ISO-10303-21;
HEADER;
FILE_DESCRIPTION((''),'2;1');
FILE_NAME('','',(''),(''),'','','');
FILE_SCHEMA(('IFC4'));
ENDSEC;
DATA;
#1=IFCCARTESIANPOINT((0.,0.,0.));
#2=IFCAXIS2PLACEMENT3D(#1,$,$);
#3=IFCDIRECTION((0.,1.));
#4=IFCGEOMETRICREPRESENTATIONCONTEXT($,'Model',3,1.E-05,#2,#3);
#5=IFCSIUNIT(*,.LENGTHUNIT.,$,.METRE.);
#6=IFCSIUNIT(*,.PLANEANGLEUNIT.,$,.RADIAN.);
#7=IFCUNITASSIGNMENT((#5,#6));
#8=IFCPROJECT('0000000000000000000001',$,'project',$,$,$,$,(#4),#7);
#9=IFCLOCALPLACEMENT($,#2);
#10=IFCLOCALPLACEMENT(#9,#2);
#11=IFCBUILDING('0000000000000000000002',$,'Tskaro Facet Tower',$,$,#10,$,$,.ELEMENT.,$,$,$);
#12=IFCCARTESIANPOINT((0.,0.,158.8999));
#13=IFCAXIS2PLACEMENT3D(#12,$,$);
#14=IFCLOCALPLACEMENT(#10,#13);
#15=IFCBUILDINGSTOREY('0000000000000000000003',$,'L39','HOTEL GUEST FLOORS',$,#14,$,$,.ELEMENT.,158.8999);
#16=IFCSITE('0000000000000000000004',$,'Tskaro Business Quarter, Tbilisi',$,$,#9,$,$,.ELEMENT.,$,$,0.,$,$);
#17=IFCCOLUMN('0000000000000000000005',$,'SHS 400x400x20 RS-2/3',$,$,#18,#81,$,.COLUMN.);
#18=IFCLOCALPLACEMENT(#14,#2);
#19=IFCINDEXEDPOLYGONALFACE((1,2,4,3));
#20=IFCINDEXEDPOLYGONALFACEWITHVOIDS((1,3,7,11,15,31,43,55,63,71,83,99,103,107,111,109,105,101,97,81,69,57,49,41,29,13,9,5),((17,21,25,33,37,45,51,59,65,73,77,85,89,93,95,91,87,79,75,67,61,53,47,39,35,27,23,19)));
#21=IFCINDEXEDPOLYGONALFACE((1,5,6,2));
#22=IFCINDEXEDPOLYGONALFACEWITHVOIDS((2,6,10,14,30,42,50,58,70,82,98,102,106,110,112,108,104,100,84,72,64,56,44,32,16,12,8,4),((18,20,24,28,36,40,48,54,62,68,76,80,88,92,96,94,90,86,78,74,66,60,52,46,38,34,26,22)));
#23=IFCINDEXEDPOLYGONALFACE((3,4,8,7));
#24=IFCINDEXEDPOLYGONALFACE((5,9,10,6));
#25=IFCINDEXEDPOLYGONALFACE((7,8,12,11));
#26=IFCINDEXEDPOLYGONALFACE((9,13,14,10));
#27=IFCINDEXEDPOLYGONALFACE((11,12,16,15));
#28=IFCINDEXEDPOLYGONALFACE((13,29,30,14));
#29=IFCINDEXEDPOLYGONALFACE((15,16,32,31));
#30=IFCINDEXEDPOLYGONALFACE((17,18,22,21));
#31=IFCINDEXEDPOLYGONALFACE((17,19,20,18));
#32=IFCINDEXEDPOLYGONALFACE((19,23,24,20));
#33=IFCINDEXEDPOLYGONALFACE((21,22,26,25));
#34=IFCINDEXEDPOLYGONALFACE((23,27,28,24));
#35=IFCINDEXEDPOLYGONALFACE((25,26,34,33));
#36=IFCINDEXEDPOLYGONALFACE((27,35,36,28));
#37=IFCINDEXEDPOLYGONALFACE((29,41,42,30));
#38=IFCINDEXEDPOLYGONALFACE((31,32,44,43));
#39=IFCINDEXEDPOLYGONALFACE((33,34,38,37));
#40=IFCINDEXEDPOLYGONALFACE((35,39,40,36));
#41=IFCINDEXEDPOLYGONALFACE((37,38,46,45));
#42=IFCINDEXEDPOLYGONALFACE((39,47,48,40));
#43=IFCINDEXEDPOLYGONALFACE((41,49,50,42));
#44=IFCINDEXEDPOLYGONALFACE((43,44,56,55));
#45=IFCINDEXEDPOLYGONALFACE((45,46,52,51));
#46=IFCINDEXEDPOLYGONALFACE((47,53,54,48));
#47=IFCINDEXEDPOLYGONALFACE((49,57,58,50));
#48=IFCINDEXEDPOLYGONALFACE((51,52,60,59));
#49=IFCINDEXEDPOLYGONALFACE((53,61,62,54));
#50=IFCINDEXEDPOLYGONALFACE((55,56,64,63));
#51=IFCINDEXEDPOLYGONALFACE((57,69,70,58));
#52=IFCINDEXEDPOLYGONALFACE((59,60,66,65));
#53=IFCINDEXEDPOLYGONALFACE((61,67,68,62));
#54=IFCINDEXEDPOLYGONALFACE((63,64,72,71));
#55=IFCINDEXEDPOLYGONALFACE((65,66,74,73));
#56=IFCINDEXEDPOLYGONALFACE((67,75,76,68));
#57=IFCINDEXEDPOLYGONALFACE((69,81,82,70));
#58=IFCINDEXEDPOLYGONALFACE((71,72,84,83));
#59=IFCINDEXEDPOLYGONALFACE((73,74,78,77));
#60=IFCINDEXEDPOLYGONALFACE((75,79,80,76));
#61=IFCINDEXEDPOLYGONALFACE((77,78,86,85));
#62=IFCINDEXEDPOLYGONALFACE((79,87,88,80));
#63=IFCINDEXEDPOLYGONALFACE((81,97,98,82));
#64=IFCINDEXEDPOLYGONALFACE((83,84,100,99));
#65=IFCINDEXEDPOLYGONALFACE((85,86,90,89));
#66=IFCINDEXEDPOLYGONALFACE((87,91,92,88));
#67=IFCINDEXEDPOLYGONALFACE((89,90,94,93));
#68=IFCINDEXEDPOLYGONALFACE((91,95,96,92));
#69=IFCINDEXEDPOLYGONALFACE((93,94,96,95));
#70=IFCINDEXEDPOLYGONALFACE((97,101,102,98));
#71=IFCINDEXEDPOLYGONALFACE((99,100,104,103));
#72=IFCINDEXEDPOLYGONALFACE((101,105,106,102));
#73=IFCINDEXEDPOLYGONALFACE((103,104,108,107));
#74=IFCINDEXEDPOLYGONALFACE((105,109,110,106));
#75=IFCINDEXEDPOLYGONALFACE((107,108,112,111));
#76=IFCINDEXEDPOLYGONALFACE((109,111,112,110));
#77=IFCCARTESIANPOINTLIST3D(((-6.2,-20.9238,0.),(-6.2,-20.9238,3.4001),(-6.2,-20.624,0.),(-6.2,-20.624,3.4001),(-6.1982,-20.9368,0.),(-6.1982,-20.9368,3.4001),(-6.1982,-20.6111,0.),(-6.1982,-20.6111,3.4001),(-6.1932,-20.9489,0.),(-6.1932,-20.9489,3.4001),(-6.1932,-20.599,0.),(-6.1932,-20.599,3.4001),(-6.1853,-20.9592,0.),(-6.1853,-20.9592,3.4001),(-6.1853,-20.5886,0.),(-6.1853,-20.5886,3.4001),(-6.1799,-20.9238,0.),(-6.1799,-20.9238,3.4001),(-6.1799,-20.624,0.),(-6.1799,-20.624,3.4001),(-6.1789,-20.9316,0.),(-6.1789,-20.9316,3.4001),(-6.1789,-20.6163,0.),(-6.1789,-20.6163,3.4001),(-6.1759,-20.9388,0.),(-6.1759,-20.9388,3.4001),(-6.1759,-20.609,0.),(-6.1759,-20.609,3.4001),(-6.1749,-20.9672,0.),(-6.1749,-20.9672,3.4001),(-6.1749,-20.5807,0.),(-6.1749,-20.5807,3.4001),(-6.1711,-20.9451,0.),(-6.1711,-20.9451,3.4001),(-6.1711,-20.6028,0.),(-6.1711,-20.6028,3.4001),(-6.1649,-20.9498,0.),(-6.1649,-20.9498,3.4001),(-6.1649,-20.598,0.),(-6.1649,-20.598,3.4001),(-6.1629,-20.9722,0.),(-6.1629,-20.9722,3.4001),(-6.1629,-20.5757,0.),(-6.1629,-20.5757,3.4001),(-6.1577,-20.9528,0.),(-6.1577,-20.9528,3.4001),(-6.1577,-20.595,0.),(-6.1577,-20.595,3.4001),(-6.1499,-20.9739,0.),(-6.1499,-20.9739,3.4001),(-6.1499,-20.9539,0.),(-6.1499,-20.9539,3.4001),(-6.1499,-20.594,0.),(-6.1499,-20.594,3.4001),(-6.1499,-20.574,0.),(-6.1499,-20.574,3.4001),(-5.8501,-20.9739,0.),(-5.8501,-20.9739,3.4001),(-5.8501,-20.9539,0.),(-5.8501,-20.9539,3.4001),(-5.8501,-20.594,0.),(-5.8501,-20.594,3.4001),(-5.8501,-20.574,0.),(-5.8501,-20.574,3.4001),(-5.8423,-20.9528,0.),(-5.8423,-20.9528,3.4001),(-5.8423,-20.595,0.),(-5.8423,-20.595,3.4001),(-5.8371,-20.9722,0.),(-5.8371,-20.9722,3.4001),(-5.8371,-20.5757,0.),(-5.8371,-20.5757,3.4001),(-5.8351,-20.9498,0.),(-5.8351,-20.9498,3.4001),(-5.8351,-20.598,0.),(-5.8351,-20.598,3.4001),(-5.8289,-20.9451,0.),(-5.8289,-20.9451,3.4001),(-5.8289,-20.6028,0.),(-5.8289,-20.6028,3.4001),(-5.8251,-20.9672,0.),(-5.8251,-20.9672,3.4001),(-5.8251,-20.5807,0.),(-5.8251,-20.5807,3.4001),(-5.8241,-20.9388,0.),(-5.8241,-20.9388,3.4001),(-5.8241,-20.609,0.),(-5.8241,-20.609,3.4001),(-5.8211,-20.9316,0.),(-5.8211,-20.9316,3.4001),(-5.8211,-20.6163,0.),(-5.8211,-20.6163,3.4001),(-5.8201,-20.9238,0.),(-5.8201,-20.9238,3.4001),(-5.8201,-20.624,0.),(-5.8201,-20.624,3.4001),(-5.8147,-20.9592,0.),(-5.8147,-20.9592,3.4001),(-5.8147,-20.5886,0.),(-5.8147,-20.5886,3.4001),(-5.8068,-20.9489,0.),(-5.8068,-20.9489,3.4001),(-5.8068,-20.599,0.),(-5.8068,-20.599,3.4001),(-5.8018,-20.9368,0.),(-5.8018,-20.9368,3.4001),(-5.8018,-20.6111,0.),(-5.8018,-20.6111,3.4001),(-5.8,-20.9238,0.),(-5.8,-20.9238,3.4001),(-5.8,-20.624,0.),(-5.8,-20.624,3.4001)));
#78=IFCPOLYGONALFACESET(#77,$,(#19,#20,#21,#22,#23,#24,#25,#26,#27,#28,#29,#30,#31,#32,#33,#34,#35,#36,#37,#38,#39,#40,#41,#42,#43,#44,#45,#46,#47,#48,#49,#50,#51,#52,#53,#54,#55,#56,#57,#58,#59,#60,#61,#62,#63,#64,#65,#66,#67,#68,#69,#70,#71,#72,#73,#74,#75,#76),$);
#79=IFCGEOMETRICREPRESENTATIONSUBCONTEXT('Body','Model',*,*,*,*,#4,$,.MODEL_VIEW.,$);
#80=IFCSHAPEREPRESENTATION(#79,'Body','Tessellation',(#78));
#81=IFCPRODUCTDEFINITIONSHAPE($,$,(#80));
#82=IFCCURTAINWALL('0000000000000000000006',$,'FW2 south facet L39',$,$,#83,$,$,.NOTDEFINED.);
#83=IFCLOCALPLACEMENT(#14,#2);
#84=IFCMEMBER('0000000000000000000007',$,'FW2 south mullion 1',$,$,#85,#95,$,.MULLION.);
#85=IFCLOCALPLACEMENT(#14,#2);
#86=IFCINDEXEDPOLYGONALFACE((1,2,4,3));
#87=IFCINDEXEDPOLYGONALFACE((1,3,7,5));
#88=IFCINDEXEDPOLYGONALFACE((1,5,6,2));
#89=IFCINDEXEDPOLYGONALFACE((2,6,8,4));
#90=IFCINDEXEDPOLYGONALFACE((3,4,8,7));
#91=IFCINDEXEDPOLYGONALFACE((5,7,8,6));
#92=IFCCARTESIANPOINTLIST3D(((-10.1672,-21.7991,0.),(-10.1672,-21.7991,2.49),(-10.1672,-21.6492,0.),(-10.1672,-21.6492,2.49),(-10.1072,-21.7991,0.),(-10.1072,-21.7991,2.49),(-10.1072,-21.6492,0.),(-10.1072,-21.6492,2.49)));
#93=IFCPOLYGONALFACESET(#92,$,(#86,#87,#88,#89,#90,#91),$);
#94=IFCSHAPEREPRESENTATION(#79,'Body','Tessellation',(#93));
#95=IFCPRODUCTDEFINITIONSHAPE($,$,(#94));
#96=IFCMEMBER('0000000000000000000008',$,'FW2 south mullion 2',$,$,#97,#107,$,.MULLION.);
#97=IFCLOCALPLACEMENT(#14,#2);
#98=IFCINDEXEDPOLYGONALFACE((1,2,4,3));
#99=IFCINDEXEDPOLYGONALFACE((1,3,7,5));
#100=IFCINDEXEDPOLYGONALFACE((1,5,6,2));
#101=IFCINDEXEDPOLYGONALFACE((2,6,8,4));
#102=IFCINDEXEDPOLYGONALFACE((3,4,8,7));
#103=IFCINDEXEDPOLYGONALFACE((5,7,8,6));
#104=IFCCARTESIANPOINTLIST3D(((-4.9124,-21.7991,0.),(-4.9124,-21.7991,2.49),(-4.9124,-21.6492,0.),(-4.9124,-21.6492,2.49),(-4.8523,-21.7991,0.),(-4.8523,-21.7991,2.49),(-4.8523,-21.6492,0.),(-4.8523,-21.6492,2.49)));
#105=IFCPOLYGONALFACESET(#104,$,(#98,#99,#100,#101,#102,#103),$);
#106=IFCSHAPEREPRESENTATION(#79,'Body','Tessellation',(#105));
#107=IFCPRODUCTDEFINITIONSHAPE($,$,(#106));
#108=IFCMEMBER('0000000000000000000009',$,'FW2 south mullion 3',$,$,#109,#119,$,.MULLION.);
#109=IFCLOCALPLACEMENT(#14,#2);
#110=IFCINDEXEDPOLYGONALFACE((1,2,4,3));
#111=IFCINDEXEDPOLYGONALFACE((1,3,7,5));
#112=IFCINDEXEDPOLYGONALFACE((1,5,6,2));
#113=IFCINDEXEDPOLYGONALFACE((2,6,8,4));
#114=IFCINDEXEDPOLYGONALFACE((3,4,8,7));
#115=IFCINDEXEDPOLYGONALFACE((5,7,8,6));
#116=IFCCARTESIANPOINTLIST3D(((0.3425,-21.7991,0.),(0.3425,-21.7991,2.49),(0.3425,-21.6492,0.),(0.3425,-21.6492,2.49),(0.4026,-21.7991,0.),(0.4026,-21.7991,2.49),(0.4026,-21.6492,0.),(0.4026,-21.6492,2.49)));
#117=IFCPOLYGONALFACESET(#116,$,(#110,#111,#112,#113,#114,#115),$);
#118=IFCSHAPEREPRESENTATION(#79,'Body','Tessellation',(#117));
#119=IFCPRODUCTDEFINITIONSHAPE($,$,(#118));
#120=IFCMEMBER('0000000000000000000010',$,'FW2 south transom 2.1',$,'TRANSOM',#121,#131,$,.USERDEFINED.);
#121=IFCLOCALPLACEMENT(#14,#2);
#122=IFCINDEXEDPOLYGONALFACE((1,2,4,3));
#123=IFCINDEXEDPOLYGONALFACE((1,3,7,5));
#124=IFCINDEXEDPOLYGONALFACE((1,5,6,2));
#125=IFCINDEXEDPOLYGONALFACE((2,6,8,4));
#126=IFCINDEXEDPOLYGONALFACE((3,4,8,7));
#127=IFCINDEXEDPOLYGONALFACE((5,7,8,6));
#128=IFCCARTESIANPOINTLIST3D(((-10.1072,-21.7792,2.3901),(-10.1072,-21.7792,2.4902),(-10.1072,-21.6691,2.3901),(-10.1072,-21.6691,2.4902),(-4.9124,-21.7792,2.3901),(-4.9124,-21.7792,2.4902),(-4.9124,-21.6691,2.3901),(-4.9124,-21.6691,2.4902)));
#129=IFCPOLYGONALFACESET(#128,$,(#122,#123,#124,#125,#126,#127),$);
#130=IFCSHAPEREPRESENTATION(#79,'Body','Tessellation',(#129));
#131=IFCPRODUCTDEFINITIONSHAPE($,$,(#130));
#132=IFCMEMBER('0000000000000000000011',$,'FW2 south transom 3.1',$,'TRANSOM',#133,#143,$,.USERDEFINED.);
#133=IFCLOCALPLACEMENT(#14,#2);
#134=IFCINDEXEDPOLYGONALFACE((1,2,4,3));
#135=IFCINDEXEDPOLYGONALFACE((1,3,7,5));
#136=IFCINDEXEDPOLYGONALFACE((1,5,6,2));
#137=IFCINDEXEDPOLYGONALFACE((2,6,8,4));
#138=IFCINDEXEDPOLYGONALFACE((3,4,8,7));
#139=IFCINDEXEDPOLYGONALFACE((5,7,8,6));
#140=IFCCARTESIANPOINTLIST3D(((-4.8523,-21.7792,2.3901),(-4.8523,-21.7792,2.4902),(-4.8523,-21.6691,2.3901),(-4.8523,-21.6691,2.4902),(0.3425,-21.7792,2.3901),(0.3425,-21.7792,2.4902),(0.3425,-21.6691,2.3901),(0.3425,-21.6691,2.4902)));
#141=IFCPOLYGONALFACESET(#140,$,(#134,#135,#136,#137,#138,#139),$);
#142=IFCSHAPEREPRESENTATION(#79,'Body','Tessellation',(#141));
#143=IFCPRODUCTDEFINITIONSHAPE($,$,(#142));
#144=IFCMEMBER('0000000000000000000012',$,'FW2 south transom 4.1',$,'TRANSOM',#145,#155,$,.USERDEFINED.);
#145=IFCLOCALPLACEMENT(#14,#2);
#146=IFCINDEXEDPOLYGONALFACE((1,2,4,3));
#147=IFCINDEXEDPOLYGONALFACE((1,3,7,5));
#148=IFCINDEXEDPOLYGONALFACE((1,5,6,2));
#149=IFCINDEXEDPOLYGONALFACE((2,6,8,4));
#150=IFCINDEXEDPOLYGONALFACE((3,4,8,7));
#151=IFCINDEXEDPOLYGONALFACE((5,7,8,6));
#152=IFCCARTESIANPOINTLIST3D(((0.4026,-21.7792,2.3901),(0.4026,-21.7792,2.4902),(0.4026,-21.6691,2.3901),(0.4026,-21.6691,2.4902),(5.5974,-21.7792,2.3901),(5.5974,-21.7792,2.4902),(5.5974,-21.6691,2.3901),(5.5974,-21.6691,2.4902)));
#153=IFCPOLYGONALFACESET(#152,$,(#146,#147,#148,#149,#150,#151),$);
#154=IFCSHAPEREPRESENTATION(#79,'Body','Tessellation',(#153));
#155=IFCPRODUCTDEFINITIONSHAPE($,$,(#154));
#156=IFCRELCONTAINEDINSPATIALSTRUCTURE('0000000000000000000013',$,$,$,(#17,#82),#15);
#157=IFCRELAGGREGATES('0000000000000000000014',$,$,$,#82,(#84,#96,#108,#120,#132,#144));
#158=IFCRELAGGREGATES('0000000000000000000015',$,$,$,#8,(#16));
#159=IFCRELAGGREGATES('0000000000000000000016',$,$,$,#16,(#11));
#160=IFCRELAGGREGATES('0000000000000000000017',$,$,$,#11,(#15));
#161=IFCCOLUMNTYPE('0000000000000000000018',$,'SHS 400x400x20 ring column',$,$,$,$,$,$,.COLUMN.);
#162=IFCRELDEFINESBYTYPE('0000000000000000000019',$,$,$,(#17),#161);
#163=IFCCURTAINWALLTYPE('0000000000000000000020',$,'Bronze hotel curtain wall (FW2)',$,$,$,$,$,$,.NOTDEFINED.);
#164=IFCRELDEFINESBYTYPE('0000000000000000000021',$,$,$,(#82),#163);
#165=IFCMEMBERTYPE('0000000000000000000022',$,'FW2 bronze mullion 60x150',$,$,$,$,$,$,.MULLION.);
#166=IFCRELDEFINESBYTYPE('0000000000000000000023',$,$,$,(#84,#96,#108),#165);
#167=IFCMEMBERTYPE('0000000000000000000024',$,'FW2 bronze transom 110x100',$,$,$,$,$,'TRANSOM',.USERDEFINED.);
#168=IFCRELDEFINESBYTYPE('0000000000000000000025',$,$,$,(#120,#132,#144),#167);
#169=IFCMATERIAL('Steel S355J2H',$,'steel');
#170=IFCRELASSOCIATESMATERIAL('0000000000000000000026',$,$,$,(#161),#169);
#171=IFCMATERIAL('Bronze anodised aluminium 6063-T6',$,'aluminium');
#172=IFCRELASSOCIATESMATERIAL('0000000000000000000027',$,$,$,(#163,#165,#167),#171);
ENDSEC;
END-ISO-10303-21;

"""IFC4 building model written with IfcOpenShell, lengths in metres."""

from ifc_helpers import new_model, si_unit, direction, frame, origin, origin_2d, place, context, subcontext, project, spatial, rectangle, hollow_rectangle, extrude, material, material_profile, profile_set, type_object, element, aggregate, save


model = new_model("IFC4")

# Units and contexts
model_context = context("Model", 3, precision=1e-05, world=origin(), true_north=direction((0.0, 1.0)))
body_context = subcontext(model_context, "Body", "Model", "MODEL_VIEW")
ifc_project = project(units=[si_unit("LENGTHUNIT", "METRE"), si_unit("PLANEANGLEUNIT", "RADIAN")], contexts=[model_context])

# Site, building, storey
site_placement = place(None, origin())
site = spatial("IfcSite", under=ifc_project, at=site_placement, Name="Tskaro Business Quarter, Tbilisi", CompositionType="ELEMENT", RefElevation=0.0)
building_placement = place(site_placement, origin())
building = spatial("IfcBuilding", under=site, at=building_placement, Name="Tskaro Facet Tower", CompositionType="ELEMENT")
storey_placement = place(building_placement, frame((0.0, 0.0, 158.8999)))
storey = spatial("IfcBuildingStorey", under=building, at=storey_placement, Name="L39", Description="HOTEL GUEST FLOORS", CompositionType="ELEMENT", Elevation=158.8999)

# Column
ifc_material_1 = material(Name="Steel S355J2H", Category="steel")
ifc_material_profile_1 = material_profile(ifc_material_1, hollow_rectangle(XDim=0.3999, YDim=0.3999, WallThickness=0.02, InnerFilletRadius=0.03, OuterFilletRadius=0.05, at=origin_2d()), Name="SHS 400x400x20")
ifc_profile_set_1 = profile_set([ifc_material_profile_1], Name="Steel S355J2H")
column_type = type_object("IfcColumnType", Name="SHS 400x400x20 ring column", PredefinedType="COLUMN", material=ifc_profile_set_1)
column_placement = place(storey_placement, frame((-6.0, -20.7739, 0.0), z_axis=(0.0, 0.0, 1.0), x_axis=(1.0, 0.0, 0.0)))
element("IfcColumn", 1, at=column_placement, inside=storey, type_object=column_type, Name="SHS 400x400x20 RS-2/3", PredefinedType="COLUMN", context=body_context, shape_type="SweptSolid", body=[
    extrude(hollow_rectangle(XDim=0.3999, YDim=0.3999, WallThickness=0.02, InnerFilletRadius=0.03, OuterFilletRadius=0.05, at=origin_2d()), origin(), (0.0, 0.0, 1.0), 3.4001),
])

# Curtain wall, members
ifc_material_2 = material(Name="Bronze anodised aluminium 6063-T6", Category="aluminium")
curtain_wall_type = type_object("IfcCurtainWallType", Name="Bronze hotel curtain wall (FW2)", PredefinedType="NOTDEFINED", material=ifc_material_2)
curtain_wall_placement = place(storey_placement, origin())
curtain_wall = element("IfcCurtainWall", 2, at=curtain_wall_placement, inside=storey, type_object=curtain_wall_type, Name="FW2 south facet L39", PredefinedType="NOTDEFINED")
ifc_material_profile_2 = material_profile(ifc_material_2, rectangle(XDim=0.0601, YDim=0.1499, at=origin_2d()), Name="Mullion 60x150")
ifc_profile_set_2 = profile_set([ifc_material_profile_2], Name="Bronze anodised aluminium 6063-T6")
member_type_1 = type_object("IfcMemberType", Name="FW2 bronze mullion 60x150", PredefinedType="MULLION", material=ifc_profile_set_2)
member_1_placement = place(storey_placement, frame((-10.1372, -21.7241, 0.0), z_axis=(0.0, 0.0, 1.0), x_axis=(1.0, 0.0, 0.0)))
member_1 = element("IfcMember", 3, at=member_1_placement, type_object=member_type_1, Name="FW2 south mullion 1", PredefinedType="MULLION", context=body_context, shape_type="SweptSolid", body=[
    extrude(rectangle(XDim=0.0601, YDim=0.1499, at=origin_2d()), origin(), (0.0, 0.0, 1.0), 2.49),
])
member_2_placement = place(storey_placement, frame((-4.8823, -21.7241, 0.0), z_axis=(0.0, 0.0, 1.0), x_axis=(1.0, 0.0, 0.0)))
member_2 = element("IfcMember", 4, at=member_2_placement, type_object=member_type_1, Name="FW2 south mullion 2", PredefinedType="MULLION", context=body_context, shape_type="SweptSolid", body=[
    extrude(rectangle(XDim=0.0601, YDim=0.1499, at=origin_2d()), origin(), (0.0, 0.0, 1.0), 2.49),
])
member_3_placement = place(storey_placement, frame((0.3726, -21.7241, 0.0), z_axis=(0.0, 0.0, 1.0), x_axis=(1.0, 0.0, 0.0)))
member_3 = element("IfcMember", 5, at=member_3_placement, type_object=member_type_1, Name="FW2 south mullion 3", PredefinedType="MULLION", context=body_context, shape_type="SweptSolid", body=[
    extrude(rectangle(XDim=0.0601, YDim=0.1499, at=origin_2d()), origin(), (0.0, 0.0, 1.0), 2.49),
])
ifc_material_profile_3 = material_profile(ifc_material_2, rectangle(XDim=0.1101, YDim=0.1001, at=origin_2d()), Name="Transom 110x100")
ifc_profile_set_3 = profile_set([ifc_material_profile_3], Name="Bronze anodised aluminium 6063-T6")
member_type_2 = type_object("IfcMemberType", Name="FW2 bronze transom 110x100", ElementType="TRANSOM", PredefinedType="USERDEFINED", material=ifc_profile_set_3)
member_4_placement = place(storey_placement, frame((-10.1072, -21.7241, 2.4402), z_axis=(1.0, 0.0, 0.0), x_axis=(0.0, 1.0, 0.0)))
member_4 = element("IfcMember", 6, at=member_4_placement, type_object=member_type_2, Name="FW2 south transom 2.1", ObjectType="TRANSOM", PredefinedType="USERDEFINED", context=body_context, shape_type="SweptSolid", body=[
    extrude(rectangle(XDim=0.1101, YDim=0.1001, at=origin_2d()), origin(), (0.0, 0.0, 1.0), 5.1948),
])
member_5_placement = place(storey_placement, frame((-4.8523, -21.7241, 2.4402), z_axis=(1.0, 0.0, 0.0), x_axis=(0.0, 1.0, 0.0)))
member_5 = element("IfcMember", 7, at=member_5_placement, type_object=member_type_2, Name="FW2 south transom 3.1", ObjectType="TRANSOM", PredefinedType="USERDEFINED", context=body_context, shape_type="SweptSolid", body=[
    extrude(rectangle(XDim=0.1101, YDim=0.1001, at=origin_2d()), origin(), (0.0, 0.0, 1.0), 5.1948),
])
member_6_placement = place(storey_placement, frame((0.4026, -21.7241, 2.4402), z_axis=(1.0, 0.0, 0.0), x_axis=(0.0, 1.0, 0.0)))
member_6 = element("IfcMember", 8, at=member_6_placement, type_object=member_type_2, Name="FW2 south transom 4.1", ObjectType="TRANSOM", PredefinedType="USERDEFINED", context=body_context, shape_type="SweptSolid", body=[
    extrude(rectangle(XDim=0.1101, YDim=0.1001, at=origin_2d()), origin(), (0.0, 0.0, 1.0), 5.1948),
])

aggregate(curtain_wall, [member_1, member_2, member_3, member_4, member_5, member_6])

save(model, "model.ifc")
